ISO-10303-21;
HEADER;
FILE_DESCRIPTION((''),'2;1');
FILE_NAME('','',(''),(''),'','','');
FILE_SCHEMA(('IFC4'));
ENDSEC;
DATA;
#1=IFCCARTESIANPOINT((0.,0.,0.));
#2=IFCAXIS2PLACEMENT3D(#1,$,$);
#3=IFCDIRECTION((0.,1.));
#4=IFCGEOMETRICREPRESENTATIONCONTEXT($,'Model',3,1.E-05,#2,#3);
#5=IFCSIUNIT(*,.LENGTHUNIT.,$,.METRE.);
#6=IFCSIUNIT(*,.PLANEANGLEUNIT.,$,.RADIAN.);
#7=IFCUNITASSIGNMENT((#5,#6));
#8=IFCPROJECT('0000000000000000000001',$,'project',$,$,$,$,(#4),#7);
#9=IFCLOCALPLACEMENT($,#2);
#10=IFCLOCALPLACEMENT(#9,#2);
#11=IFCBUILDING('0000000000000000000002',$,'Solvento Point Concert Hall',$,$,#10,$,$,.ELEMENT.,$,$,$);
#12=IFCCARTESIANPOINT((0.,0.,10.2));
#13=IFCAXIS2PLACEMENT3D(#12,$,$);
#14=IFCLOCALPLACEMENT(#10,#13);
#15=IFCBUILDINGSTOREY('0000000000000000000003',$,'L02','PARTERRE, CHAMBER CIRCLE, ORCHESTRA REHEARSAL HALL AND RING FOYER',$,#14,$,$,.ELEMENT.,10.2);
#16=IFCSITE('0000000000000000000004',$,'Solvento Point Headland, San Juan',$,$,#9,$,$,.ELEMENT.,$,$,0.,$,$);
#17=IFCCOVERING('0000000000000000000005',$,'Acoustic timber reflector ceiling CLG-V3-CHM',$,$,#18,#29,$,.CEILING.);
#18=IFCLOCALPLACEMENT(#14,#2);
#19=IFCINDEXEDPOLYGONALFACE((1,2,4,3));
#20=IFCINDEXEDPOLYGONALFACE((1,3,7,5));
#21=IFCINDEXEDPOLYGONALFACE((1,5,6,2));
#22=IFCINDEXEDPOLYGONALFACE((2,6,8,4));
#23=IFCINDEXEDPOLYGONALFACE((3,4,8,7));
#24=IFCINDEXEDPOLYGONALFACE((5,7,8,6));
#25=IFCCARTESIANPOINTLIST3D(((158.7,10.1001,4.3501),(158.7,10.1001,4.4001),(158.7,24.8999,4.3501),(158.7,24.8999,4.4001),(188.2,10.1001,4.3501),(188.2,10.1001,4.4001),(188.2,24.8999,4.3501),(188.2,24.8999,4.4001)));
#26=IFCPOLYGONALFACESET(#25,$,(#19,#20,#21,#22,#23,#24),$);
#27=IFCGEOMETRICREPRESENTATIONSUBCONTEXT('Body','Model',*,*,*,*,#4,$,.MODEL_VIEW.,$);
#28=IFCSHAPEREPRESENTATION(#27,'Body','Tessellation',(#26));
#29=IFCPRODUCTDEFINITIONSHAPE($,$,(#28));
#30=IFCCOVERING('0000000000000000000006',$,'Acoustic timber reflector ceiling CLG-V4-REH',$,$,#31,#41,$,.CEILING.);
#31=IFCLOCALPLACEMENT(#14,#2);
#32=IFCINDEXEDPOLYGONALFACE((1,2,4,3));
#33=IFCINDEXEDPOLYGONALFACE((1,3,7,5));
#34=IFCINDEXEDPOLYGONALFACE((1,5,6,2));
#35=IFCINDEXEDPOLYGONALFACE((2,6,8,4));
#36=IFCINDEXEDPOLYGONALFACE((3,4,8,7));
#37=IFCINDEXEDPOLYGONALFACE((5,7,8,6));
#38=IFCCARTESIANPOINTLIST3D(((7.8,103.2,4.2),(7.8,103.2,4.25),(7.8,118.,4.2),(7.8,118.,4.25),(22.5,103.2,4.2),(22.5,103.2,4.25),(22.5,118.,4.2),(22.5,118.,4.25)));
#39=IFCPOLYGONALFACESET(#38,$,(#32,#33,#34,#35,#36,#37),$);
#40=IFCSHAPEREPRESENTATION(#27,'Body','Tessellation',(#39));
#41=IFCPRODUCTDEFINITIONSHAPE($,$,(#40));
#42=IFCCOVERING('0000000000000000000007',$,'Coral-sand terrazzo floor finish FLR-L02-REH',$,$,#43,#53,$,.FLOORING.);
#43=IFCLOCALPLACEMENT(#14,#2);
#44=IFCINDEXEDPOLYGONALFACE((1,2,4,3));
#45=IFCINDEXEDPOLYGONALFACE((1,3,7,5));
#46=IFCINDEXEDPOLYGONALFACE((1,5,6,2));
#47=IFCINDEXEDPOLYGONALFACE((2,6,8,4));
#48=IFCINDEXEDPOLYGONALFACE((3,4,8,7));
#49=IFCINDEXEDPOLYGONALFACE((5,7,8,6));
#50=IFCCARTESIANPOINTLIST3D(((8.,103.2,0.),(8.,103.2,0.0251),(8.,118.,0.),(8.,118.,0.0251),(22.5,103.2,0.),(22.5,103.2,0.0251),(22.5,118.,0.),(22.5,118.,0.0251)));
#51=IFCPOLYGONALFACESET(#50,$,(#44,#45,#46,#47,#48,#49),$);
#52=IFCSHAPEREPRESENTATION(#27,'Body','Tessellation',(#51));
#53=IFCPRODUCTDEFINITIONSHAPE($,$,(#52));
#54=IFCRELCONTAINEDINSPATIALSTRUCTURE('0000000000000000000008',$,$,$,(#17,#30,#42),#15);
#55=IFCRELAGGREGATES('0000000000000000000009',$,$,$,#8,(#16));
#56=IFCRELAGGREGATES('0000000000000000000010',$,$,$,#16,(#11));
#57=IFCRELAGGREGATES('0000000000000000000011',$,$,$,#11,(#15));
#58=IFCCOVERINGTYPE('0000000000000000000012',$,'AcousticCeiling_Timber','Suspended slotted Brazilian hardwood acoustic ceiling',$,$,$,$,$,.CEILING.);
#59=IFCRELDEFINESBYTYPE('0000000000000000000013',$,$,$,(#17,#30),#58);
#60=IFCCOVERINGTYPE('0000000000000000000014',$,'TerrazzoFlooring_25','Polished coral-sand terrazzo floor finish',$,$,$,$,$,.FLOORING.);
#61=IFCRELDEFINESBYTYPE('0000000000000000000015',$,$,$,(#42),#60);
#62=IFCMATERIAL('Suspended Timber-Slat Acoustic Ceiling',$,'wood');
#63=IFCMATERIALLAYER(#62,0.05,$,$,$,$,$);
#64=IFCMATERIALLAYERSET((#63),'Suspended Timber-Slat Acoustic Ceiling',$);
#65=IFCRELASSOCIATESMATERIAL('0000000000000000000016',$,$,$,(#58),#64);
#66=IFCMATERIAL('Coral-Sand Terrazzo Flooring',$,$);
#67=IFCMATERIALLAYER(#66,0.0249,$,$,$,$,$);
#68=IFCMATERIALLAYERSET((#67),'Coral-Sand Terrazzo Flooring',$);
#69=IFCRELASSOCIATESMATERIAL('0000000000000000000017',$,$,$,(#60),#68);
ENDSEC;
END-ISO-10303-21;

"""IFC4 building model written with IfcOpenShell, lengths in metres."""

from ifc_helpers import new_model, si_unit, direction, frame, origin, place, context, subcontext, project, spatial, polyline, outline, extrude, material, layer, layer_set, type_object, element, save


model = new_model("IFC4")

# Units and contexts
model_context = context("Model", 3, precision=1e-05, world=origin(), true_north=direction((0.0, 1.0)))
body_context = subcontext(model_context, "Body", "Model", "MODEL_VIEW")
ifc_project = project(units=[si_unit("LENGTHUNIT", "METRE"), si_unit("PLANEANGLEUNIT", "RADIAN")], contexts=[model_context])

# Site, building, storey
site_placement = place(None, origin())
site = spatial("IfcSite", under=ifc_project, at=site_placement, Name="Solvento Point Headland, San Juan", CompositionType="ELEMENT", RefElevation=0.0)
building_placement = place(site_placement, origin())
building = spatial("IfcBuilding", under=site, at=building_placement, Name="Solvento Point Concert Hall", CompositionType="ELEMENT")
storey_placement = place(building_placement, frame((0.0, 0.0, 10.2)))
storey = spatial("IfcBuildingStorey", under=building, at=storey_placement, Name="L02", Description="PARTERRE, CHAMBER CIRCLE, ORCHESTRA REHEARSAL HALL AND RING FOYER", CompositionType="ELEMENT", Elevation=10.2)

# Coverings
ifc_material_1 = material(Name="Suspended Timber-Slat Acoustic Ceiling", Category="wood")
ifc_layer_1 = layer(ifc_material_1, 0.05)
ifc_layer_set_1 = layer_set([ifc_layer_1], Name="Suspended Timber-Slat Acoustic Ceiling")
covering_type_1 = type_object("IfcCoveringType", Name="AcousticCeiling_Timber", Description="Suspended slotted Brazilian hardwood acoustic ceiling", PredefinedType="CEILING", material=ifc_layer_set_1)
covering_1_placement = place(storey_placement, frame((0.0, 0.0, 4.3501)))
element("IfcCovering", 1, at=covering_1_placement, inside=storey, type_object=covering_type_1, Name="Acoustic timber reflector ceiling CLG-V3-CHM", PredefinedType="CEILING", context=body_context, shape_type="SweptSolid", body=[
    extrude(outline(polyline([(158.7, 10.1001), (188.2, 10.1001), (188.2, 24.8999), (158.7, 24.8999), (158.7, 10.1001)])), origin(), (0.0, 0.0, 1.0), 0.05),
])
covering_2_placement = place(storey_placement, frame((0.0, 0.0, 4.2)))
element("IfcCovering", 2, at=covering_2_placement, inside=storey, type_object=covering_type_1, Name="Acoustic timber reflector ceiling CLG-V4-REH", PredefinedType="CEILING", context=body_context, shape_type="SweptSolid", body=[
    extrude(outline(polyline([(7.8, 103.2), (22.5, 103.2), (22.5, 118.0), (7.8, 118.0), (7.8, 103.2)])), origin(), (0.0, 0.0, 1.0), 0.05),
])
ifc_material_2 = material(Name="Coral-Sand Terrazzo Flooring")
ifc_layer_2 = layer(ifc_material_2, 0.0249)
ifc_layer_set_2 = layer_set([ifc_layer_2], Name="Coral-Sand Terrazzo Flooring")
covering_type_2 = type_object("IfcCoveringType", Name="TerrazzoFlooring_25", Description="Polished coral-sand terrazzo floor finish", PredefinedType="FLOORING", material=ifc_layer_set_2)
covering_3_placement = place(storey_placement, origin())
element("IfcCovering", 3, at=covering_3_placement, inside=storey, type_object=covering_type_2, Name="Coral-sand terrazzo floor finish FLR-L02-REH", PredefinedType="FLOORING", context=body_context, shape_type="SweptSolid", body=[
    extrude(outline(polyline([(8.0, 103.2), (22.5, 103.2), (22.5, 118.0), (8.0, 118.0), (8.0, 103.2)])), origin(), (0.0, 0.0, 1.0), 0.0251),
])

save(model, "model.ifc")
